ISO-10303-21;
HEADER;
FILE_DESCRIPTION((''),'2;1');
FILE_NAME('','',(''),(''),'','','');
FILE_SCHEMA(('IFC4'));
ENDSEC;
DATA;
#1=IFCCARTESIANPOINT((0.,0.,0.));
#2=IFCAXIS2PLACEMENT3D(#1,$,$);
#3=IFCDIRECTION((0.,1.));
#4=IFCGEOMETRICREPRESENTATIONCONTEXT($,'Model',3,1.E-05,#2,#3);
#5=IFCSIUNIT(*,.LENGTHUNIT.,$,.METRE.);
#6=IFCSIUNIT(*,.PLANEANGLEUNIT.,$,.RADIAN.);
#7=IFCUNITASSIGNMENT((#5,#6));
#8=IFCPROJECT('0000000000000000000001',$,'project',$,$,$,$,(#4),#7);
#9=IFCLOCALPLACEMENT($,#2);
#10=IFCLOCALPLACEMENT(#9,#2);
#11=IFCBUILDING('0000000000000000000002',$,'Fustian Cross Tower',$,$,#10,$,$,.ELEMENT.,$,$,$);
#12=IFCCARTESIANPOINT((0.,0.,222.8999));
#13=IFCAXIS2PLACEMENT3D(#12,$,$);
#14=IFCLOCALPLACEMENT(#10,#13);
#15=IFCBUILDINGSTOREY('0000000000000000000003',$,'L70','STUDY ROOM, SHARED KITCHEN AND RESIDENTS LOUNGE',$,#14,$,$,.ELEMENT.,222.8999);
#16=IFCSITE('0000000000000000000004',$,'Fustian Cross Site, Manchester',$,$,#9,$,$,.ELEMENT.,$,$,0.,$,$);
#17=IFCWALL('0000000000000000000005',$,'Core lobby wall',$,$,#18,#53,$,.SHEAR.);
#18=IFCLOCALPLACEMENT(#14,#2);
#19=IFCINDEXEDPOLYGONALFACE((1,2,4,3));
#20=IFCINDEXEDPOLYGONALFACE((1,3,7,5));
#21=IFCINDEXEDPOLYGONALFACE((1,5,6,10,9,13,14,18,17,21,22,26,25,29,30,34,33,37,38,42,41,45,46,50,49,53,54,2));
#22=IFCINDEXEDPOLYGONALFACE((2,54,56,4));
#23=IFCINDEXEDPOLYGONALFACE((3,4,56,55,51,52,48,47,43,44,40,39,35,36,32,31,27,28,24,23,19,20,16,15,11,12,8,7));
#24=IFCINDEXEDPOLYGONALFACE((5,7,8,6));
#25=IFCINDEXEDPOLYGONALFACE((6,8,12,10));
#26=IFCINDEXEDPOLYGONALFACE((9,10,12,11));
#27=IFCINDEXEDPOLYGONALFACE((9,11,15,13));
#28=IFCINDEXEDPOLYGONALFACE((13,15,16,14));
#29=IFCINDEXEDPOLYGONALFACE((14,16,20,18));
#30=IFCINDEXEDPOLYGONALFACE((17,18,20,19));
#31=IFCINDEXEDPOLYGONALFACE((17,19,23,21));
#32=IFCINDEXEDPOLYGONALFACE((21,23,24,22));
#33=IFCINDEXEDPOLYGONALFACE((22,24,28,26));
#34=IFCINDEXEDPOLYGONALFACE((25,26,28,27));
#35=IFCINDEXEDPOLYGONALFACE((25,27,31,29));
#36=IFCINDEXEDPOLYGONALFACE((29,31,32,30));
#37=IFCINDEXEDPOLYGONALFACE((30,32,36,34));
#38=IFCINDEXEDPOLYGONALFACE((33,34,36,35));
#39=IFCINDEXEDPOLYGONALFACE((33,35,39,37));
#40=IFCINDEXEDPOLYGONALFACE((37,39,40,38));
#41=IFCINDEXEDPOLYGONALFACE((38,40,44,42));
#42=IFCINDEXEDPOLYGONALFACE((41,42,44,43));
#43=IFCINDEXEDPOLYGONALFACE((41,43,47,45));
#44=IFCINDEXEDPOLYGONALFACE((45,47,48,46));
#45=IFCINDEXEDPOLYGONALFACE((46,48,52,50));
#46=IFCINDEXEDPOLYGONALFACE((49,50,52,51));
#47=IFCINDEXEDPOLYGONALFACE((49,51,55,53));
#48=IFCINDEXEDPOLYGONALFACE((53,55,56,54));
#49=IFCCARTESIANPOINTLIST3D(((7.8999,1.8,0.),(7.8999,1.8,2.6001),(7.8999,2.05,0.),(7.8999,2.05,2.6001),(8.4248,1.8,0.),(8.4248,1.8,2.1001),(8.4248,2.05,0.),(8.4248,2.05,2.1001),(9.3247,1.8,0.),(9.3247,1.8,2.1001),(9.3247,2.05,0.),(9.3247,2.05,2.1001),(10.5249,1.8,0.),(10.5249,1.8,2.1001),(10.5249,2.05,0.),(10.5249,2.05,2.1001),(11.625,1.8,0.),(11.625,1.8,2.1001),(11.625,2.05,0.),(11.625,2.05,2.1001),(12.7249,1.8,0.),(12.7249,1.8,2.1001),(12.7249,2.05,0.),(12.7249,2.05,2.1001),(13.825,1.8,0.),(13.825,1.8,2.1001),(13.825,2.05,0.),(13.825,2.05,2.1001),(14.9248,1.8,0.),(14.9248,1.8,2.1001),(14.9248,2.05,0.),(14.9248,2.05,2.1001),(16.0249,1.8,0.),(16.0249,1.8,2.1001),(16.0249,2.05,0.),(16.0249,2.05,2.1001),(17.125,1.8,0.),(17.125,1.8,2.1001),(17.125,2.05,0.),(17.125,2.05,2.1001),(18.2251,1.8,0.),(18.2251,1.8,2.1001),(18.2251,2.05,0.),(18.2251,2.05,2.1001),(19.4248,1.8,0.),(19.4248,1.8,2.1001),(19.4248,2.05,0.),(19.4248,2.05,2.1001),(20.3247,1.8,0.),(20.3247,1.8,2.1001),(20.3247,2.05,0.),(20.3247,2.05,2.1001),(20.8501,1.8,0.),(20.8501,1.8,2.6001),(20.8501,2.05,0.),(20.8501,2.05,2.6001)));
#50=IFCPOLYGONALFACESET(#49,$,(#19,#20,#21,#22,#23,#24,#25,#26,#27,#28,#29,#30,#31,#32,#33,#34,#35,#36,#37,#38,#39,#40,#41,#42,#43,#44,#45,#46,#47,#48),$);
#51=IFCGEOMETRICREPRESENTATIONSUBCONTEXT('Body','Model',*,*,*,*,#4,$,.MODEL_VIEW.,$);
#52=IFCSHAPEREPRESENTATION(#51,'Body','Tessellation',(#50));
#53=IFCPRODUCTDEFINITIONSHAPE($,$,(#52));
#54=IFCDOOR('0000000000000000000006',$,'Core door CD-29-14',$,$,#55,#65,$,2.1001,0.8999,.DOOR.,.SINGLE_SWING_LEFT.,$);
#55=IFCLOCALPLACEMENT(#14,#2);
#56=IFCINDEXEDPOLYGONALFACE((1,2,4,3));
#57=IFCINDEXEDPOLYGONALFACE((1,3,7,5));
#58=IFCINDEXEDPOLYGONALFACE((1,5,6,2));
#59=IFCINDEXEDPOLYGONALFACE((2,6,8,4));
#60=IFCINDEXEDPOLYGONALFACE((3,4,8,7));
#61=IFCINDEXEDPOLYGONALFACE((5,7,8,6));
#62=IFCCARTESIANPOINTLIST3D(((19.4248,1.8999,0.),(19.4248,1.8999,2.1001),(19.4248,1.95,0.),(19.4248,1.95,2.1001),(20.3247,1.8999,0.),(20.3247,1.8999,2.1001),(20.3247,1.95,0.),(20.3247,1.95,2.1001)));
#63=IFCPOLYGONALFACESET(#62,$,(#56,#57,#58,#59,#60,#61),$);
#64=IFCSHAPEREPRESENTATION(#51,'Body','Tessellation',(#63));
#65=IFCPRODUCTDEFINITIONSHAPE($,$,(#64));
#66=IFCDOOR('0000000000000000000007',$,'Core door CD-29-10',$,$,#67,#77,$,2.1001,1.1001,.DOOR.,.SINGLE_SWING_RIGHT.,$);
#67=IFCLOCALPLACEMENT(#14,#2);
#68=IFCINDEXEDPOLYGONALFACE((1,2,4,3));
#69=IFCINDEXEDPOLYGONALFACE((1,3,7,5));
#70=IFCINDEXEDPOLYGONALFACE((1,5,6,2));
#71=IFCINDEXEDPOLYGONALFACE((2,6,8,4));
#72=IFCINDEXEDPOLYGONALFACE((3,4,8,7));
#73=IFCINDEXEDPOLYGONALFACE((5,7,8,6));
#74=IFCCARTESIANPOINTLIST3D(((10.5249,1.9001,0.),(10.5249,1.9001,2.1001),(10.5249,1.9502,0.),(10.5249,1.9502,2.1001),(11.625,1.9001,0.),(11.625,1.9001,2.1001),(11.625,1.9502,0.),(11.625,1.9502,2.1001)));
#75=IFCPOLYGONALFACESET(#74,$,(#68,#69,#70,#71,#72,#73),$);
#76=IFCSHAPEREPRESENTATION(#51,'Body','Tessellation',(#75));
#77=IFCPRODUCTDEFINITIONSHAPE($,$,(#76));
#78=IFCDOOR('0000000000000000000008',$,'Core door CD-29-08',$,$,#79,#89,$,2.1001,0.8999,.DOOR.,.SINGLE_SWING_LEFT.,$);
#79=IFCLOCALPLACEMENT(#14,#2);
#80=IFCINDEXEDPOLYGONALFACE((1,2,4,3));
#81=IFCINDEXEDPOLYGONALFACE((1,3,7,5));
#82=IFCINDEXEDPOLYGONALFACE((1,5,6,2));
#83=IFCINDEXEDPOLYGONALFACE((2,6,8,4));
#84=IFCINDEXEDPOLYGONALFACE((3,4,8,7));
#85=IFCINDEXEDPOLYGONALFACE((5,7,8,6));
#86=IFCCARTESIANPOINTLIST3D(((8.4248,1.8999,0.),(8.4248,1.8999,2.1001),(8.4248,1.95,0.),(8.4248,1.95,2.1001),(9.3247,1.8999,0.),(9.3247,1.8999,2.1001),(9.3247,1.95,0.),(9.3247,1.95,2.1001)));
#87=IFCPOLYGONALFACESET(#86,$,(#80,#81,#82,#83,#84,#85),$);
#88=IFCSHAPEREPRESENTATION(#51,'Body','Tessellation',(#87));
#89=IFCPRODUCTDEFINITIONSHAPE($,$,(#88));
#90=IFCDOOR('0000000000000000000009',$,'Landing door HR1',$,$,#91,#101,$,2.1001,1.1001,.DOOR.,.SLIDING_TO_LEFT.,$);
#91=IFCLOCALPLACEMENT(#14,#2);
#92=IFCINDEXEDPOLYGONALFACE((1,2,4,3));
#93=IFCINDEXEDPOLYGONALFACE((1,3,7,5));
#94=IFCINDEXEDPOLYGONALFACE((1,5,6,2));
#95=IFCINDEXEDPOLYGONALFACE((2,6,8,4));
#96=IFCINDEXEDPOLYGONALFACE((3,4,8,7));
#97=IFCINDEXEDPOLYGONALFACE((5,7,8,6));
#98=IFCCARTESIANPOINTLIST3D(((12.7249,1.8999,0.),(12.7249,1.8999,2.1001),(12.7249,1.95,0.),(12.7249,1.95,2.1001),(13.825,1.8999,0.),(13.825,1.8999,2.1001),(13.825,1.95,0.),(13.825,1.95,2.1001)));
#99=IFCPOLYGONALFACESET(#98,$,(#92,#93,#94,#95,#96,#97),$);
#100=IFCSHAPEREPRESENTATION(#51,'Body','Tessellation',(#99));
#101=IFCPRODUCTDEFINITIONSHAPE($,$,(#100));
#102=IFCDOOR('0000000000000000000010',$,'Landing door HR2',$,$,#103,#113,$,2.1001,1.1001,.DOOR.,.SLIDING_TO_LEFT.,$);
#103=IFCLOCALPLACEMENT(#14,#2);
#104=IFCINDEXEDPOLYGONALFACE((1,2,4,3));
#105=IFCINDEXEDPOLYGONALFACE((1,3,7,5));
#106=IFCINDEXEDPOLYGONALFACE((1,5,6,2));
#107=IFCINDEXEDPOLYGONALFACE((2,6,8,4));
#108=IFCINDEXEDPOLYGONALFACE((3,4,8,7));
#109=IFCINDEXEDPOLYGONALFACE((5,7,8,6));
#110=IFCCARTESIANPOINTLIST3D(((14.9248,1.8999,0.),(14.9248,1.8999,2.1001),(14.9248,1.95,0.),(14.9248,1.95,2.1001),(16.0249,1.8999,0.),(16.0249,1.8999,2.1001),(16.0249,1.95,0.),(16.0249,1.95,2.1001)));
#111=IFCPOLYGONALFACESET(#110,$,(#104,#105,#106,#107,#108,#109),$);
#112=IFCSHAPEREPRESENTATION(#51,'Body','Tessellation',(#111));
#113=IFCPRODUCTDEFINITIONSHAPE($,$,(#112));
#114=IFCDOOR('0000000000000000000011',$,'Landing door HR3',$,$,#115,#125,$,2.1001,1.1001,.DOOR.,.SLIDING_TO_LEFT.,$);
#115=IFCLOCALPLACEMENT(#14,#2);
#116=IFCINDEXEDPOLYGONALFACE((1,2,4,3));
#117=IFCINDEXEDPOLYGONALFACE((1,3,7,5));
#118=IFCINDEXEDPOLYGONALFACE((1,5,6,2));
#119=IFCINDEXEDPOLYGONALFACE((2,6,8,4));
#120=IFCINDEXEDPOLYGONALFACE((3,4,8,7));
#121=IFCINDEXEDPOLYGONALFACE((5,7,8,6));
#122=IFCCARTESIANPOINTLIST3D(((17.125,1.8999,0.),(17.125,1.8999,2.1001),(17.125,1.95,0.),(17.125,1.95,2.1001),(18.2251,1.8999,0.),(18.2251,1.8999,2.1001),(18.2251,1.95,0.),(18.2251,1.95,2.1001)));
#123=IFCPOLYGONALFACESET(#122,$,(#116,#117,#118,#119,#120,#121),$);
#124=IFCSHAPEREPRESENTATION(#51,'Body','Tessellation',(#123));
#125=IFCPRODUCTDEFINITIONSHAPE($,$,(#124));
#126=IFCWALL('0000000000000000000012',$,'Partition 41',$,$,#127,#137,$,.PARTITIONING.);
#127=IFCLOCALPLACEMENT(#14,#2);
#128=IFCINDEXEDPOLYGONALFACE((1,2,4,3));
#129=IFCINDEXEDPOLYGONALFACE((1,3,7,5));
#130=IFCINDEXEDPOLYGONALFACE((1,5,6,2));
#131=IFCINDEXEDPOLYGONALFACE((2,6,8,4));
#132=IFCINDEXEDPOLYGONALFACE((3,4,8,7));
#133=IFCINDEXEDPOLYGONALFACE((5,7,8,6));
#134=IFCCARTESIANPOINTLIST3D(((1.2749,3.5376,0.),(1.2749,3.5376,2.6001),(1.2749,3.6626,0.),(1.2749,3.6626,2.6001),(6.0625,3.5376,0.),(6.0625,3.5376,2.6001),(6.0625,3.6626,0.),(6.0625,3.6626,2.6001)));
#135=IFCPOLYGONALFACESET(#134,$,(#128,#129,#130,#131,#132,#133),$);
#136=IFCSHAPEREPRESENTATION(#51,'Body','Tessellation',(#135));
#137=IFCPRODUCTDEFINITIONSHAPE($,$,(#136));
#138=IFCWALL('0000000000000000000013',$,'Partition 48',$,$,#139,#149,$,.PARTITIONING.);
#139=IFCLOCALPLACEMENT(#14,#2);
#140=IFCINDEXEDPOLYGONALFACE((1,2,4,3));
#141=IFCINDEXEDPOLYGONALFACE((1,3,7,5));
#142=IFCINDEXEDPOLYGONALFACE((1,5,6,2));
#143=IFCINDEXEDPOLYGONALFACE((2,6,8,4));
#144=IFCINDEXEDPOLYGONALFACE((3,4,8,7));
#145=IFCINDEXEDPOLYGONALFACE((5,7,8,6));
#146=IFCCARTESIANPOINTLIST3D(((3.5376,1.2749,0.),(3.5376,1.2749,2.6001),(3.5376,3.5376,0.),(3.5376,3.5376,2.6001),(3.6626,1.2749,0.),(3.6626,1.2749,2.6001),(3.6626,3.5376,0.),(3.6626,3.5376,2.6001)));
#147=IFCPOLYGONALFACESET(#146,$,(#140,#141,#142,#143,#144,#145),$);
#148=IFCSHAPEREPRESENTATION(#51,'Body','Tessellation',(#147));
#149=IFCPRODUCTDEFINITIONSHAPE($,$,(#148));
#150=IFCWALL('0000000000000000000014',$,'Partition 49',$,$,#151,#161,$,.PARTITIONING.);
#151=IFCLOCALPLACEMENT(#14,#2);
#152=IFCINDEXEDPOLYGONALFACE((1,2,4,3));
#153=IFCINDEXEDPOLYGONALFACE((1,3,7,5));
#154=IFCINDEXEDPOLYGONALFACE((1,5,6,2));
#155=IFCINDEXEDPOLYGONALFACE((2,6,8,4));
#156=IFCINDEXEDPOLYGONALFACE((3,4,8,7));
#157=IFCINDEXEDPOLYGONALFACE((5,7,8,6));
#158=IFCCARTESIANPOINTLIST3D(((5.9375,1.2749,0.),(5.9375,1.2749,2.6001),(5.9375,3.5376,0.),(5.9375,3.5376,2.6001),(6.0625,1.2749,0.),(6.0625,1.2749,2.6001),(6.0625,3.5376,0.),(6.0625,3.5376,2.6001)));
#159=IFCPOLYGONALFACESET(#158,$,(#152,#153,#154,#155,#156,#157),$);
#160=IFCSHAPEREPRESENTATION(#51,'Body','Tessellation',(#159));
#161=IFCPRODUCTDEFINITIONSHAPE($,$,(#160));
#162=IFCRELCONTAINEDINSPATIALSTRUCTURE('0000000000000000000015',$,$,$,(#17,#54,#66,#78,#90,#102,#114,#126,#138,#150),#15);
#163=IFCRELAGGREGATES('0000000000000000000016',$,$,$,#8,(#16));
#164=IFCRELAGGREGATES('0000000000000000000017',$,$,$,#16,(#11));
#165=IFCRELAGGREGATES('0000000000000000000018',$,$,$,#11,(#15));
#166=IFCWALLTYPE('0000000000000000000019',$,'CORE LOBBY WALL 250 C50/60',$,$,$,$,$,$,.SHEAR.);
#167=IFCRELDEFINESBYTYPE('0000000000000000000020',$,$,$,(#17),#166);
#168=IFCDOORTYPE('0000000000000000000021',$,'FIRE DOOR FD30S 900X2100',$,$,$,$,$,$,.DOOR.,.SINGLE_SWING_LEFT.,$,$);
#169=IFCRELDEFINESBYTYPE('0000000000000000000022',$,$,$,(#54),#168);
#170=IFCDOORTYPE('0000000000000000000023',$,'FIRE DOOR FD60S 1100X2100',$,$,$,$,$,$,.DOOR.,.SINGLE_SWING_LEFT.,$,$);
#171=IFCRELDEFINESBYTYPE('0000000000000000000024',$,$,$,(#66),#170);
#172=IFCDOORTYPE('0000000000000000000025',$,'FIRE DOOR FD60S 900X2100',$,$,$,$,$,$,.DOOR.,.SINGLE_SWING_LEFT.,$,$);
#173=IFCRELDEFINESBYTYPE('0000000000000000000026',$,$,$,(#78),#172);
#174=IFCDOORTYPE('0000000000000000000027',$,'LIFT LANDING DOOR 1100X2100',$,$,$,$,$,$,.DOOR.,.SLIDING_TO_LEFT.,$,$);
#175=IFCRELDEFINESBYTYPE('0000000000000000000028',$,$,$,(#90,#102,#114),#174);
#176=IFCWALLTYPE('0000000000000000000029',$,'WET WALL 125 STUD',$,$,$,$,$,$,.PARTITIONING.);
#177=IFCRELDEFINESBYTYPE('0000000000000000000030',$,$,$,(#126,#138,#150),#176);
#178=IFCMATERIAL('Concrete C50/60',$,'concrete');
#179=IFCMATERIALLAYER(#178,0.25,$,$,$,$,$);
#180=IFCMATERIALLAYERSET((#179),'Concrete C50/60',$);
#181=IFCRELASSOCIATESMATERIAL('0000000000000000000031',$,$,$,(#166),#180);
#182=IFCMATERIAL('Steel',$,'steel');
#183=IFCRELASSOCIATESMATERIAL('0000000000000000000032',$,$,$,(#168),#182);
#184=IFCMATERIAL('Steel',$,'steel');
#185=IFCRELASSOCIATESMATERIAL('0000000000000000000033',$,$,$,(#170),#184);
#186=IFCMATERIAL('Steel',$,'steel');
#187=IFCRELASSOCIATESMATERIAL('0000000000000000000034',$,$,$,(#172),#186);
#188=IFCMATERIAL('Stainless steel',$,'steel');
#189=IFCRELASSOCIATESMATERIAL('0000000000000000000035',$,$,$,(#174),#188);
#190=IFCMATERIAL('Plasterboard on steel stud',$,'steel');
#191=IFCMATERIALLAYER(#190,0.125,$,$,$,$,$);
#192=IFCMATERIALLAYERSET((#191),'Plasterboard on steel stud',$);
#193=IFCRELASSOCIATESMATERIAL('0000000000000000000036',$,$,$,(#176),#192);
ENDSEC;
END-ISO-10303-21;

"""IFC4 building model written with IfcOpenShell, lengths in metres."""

from ifc_helpers import new_model, si_unit, direction, frame, frame_2d, origin, place, context, subcontext, project, spatial, rectangle, extrude, material, layer, layer_set, type_object, element, fill, save


model = new_model("IFC4")

# Units and contexts
model_context = context("Model", 3, precision=1e-05, world=origin(), true_north=direction((0.0, 1.0)))
body_context = subcontext(model_context, "Body", "Model", "MODEL_VIEW")
ifc_project = project(units=[si_unit("LENGTHUNIT", "METRE"), si_unit("PLANEANGLEUNIT", "RADIAN")], contexts=[model_context])

# Site, building, storey
site_placement = place(None, origin())
site = spatial("IfcSite", under=ifc_project, at=site_placement, Name="Fustian Cross Site, Manchester", CompositionType="ELEMENT", RefElevation=0.0)
building_placement = place(site_placement, origin())
building = spatial("IfcBuilding", under=site, at=building_placement, Name="Fustian Cross Tower", CompositionType="ELEMENT")
storey_placement = place(building_placement, frame((0.0, 0.0, 222.8999)))
storey = spatial("IfcBuildingStorey", under=building, at=storey_placement, Name="L70", Description="STUDY ROOM, SHARED KITCHEN AND RESIDENTS LOUNGE", CompositionType="ELEMENT", Elevation=222.8999)

# Wall, openings, doors
ifc_material_1 = material(Name="Concrete C50/60", Category="concrete")
ifc_layer_1 = layer(ifc_material_1, 0.25)
ifc_layer_set_1 = layer_set([ifc_layer_1], Name="Concrete C50/60")
wall_type_1 = type_object("IfcWallType", Name="CORE LOBBY WALL 250 C50/60", PredefinedType="SHEAR", material=ifc_layer_set_1)
wall_1_placement = place(storey_placement, frame((7.8999, 1.925, 0.0), z_axis=(0.0, 0.0, 1.0), x_axis=(1.0, 0.0, 0.0)))
wall_1 = element("IfcWall", 1, at=wall_1_placement, inside=storey, type_object=wall_type_1, Name="Core lobby wall", PredefinedType="SHEAR", context=body_context, shape_type="SweptSolid", body=[
    extrude(rectangle(XDim=12.9502, YDim=0.25, at=frame_2d((6.4751, 0.0))), origin(), (0.0, 0.0, 1.0), 2.6001),
])
opening_1_placement = place(wall_1_placement, frame((4.825, 0.0, 0.0)))
opening_1 = element("IfcOpeningElement", 2, at=opening_1_placement, cuts=wall_1, PredefinedType="OPENING", context=body_context, shape_type="SweptSolid", body=[
    extrude(rectangle(XDim=1.1001, YDim=2.1001, at=frame_2d((0.55, 1.05))), frame((0.0, 0.135, 0.0), z_axis=(0.0, -1.0, 0.0), x_axis=(1.0, 0.0, 0.0)), (0.0, 0.0, 1.0), 0.27),
])
opening_2_placement = place(wall_1_placement, frame((7.0249, 0.0, 0.0)))
opening_2 = element("IfcOpeningElement", 3, at=opening_2_placement, cuts=wall_1, PredefinedType="OPENING", context=body_context, shape_type="SweptSolid", body=[
    extrude(rectangle(XDim=1.1001, YDim=2.1001, at=frame_2d((0.55, 1.05))), frame((0.0, 0.135, 0.0), z_axis=(0.0, -1.0, 0.0), x_axis=(1.0, 0.0, 0.0)), (0.0, 0.0, 1.0), 0.27),
])
opening_3_placement = place(wall_1_placement, frame((9.2251, 0.0, 0.0)))
opening_3 = element("IfcOpeningElement", 4, at=opening_3_placement, cuts=wall_1, PredefinedType="OPENING", context=body_context, shape_type="SweptSolid", body=[
    extrude(rectangle(XDim=1.1001, YDim=2.1001, at=frame_2d((0.55, 1.05))), frame((0.0, 0.135, 0.0), z_axis=(0.0, -1.0, 0.0), x_axis=(1.0, 0.0, 0.0)), (0.0, 0.0, 1.0), 0.27),
])
opening_4_placement = place(wall_1_placement, frame((0.5249, 0.0, 0.0)))
opening_4 = element("IfcOpeningElement", 5, at=opening_4_placement, cuts=wall_1, PredefinedType="OPENING", context=body_context, shape_type="SweptSolid", body=[
    extrude(rectangle(XDim=0.8999, YDim=2.1001, at=frame_2d((0.45, 1.05))), frame((0.0, 0.135, 0.0), z_axis=(0.0, -1.0, 0.0), x_axis=(1.0, 0.0, 0.0)), (0.0, 0.0, 1.0), 0.27),
])
opening_5_placement = place(wall_1_placement, frame((2.625, 0.0, 0.0)))
opening_5 = element("IfcOpeningElement", 6, at=opening_5_placement, cuts=wall_1, PredefinedType="OPENING", context=body_context, shape_type="SweptSolid", body=[
    extrude(rectangle(XDim=1.1001, YDim=2.1001, at=frame_2d((0.55, 1.05))), frame((0.0, 0.135, 0.0), z_axis=(0.0, -1.0, 0.0), x_axis=(1.0, 0.0, 0.0)), (0.0, 0.0, 1.0), 0.27),
])
opening_6_placement = place(wall_1_placement, frame((11.5249, 0.0, 0.0)))
opening_6 = element("IfcOpeningElement", 7, at=opening_6_placement, cuts=wall_1, PredefinedType="OPENING", context=body_context, shape_type="SweptSolid", body=[
    extrude(rectangle(XDim=0.8999, YDim=2.1001, at=frame_2d((0.45, 1.05))), frame((0.0, 0.135, 0.0), z_axis=(0.0, -1.0, 0.0), x_axis=(1.0, 0.0, 0.0)), (0.0, 0.0, 1.0), 0.27),
])
ifc_material_2 = material(Name="Steel", Category="steel")
door_type_1 = type_object("IfcDoorType", Name="FIRE DOOR FD30S 900X2100", OperationType="SINGLE_SWING_LEFT", PredefinedType="DOOR", material=ifc_material_2)
door_1_placement = place(opening_6_placement, origin())
door_1 = element("IfcDoor", 8, at=door_1_placement, inside=storey, type_object=door_type_1, Name="Core door CD-29-14", OperationType="SINGLE_SWING_LEFT", OverallHeight=2.1001, OverallWidth=0.8999, PredefinedType="DOOR", context=body_context, shape_type="SweptSolid", body=[
    extrude(rectangle(XDim=0.8999, YDim=2.1001, at=frame_2d((0.45, 1.05))), frame((0.0, 0.0249, 0.0), z_axis=(0.0, -1.0, 0.0), x_axis=(1.0, 0.0, 0.0)), (0.0, 0.0, 1.0), 0.05),
])
fill(opening_6, door_1)
ifc_material_3 = material(Name="Steel", Category="steel")
door_type_2 = type_object("IfcDoorType", Name="FIRE DOOR FD60S 1100X2100", OperationType="SINGLE_SWING_LEFT", PredefinedType="DOOR", material=ifc_material_3)
door_2_placement = place(opening_5_placement, frame((1.1001, 0.0, 0.0), z_axis=(0.0, 0.0, 1.0), x_axis=(-1.0, 0.0, 0.0)))
door_2 = element("IfcDoor", 9, at=door_2_placement, inside=storey, type_object=door_type_2, Name="Core door CD-29-10", OperationType="SINGLE_SWING_RIGHT", OverallHeight=2.1001, OverallWidth=1.1001, PredefinedType="DOOR", context=body_context, shape_type="SweptSolid", body=[
    extrude(rectangle(XDim=1.1001, YDim=2.1001, at=frame_2d((0.55, 1.05))), frame((0.0, 0.0249, 0.0), z_axis=(0.0, -1.0, 0.0), x_axis=(1.0, 0.0, 0.0)), (0.0, 0.0, 1.0), 0.05),
])
fill(opening_5, door_2)
ifc_material_4 = material(Name="Steel", Category="steel")
door_type_3 = type_object("IfcDoorType", Name="FIRE DOOR FD60S 900X2100", OperationType="SINGLE_SWING_LEFT", PredefinedType="DOOR", material=ifc_material_4)
door_3_placement = place(opening_4_placement, origin())
door_3 = element("IfcDoor", 10, at=door_3_placement, inside=storey, type_object=door_type_3, Name="Core door CD-29-08", OperationType="SINGLE_SWING_LEFT", OverallHeight=2.1001, OverallWidth=0.8999, PredefinedType="DOOR", context=body_context, shape_type="SweptSolid", body=[
    extrude(rectangle(XDim=0.8999, YDim=2.1001, at=frame_2d((0.45, 1.05))), frame((0.0, 0.0249, 0.0), z_axis=(0.0, -1.0, 0.0), x_axis=(1.0, 0.0, 0.0)), (0.0, 0.0, 1.0), 0.05),
])
fill(opening_4, door_3)
ifc_material_5 = material(Name="Stainless steel", Category="steel")
door_type_4 = type_object("IfcDoorType", Name="LIFT LANDING DOOR 1100X2100", OperationType="SLIDING_TO_LEFT", PredefinedType="DOOR", material=ifc_material_5)
door_4_placement = place(opening_1_placement, origin())
door_4 = element("IfcDoor", 11, at=door_4_placement, inside=storey, type_object=door_type_4, Name="Landing door HR1", OperationType="SLIDING_TO_LEFT", OverallHeight=2.1001, OverallWidth=1.1001, PredefinedType="DOOR", context=body_context, shape_type="SweptSolid", body=[
    extrude(rectangle(XDim=1.1001, YDim=2.1001, at=frame_2d((0.55, 1.05))), frame((0.0, 0.0249, 0.0), z_axis=(0.0, -1.0, 0.0), x_axis=(1.0, 0.0, 0.0)), (0.0, 0.0, 1.0), 0.05),
])
fill(opening_1, door_4)
door_5_placement = place(opening_2_placement, origin())
door_5 = element("IfcDoor", 12, at=door_5_placement, inside=storey, type_object=door_type_4, Name="Landing door HR2", OperationType="SLIDING_TO_LEFT", OverallHeight=2.1001, OverallWidth=1.1001, PredefinedType="DOOR", context=body_context, shape_type="SweptSolid", body=[
    extrude(rectangle(XDim=1.1001, YDim=2.1001, at=frame_2d((0.55, 1.05))), frame((0.0, 0.0249, 0.0), z_axis=(0.0, -1.0, 0.0), x_axis=(1.0, 0.0, 0.0)), (0.0, 0.0, 1.0), 0.05),
])
fill(opening_2, door_5)
door_6_placement = place(opening_3_placement, origin())
door_6 = element("IfcDoor", 13, at=door_6_placement, inside=storey, type_object=door_type_4, Name="Landing door HR3", OperationType="SLIDING_TO_LEFT", OverallHeight=2.1001, OverallWidth=1.1001, PredefinedType="DOOR", context=body_context, shape_type="SweptSolid", body=[
    extrude(rectangle(XDim=1.1001, YDim=2.1001, at=frame_2d((0.55, 1.05))), frame((0.0, 0.0249, 0.0), z_axis=(0.0, -1.0, 0.0), x_axis=(1.0, 0.0, 0.0)), (0.0, 0.0, 1.0), 0.05),
])
fill(opening_3, door_6)

# Walls
ifc_material_6 = material(Name="Plasterboard on steel stud", Category="steel")
ifc_layer_2 = layer(ifc_material_6, 0.125)
ifc_layer_set_2 = layer_set([ifc_layer_2], Name="Plasterboard on steel stud")
wall_type_2 = type_object("IfcWallType", Name="WET WALL 125 STUD", PredefinedType="PARTITIONING", material=ifc_layer_set_2)
wall_2_placement = place(storey_placement, frame((1.2749, 3.6001, 0.0), z_axis=(0.0, 0.0, 1.0), x_axis=(1.0, 0.0, 0.0)))
element("IfcWall", 14, at=wall_2_placement, inside=storey, type_object=wall_type_2, Name="Partition 41", PredefinedType="PARTITIONING", context=body_context, shape_type="SweptSolid", body=[
    extrude(rectangle(XDim=4.7876, YDim=0.125, at=frame_2d((2.3938, 0.0))), origin(), (0.0, 0.0, 1.0), 2.6001),
])
for number, where, z_axis, x_axis, name in (
    (15, (3.6001, 1.2749, 0.0), (0.0, 0.0, 1.0), (0.0, 1.0, 0.0), "Partition 48"),
    (16, (6.0, 1.2749, 0.0), (0.0, 0.0, 1.0), (0.0, 1.0, 0.0), "Partition 49"),
):
    element("IfcWall", number, at=place(storey_placement, frame(where, z_axis=z_axis, x_axis=x_axis)), inside=storey, type_object=wall_type_2, Name=name, PredefinedType="PARTITIONING", context=body_context, shape_type="SweptSolid", body=[
        extrude(rectangle(XDim=2.2627, YDim=0.125, at=frame_2d((1.1313, 0.0))), origin(), (0.0, 0.0, 1.0), 2.6001),
    ])

save(model, "model.ifc")
